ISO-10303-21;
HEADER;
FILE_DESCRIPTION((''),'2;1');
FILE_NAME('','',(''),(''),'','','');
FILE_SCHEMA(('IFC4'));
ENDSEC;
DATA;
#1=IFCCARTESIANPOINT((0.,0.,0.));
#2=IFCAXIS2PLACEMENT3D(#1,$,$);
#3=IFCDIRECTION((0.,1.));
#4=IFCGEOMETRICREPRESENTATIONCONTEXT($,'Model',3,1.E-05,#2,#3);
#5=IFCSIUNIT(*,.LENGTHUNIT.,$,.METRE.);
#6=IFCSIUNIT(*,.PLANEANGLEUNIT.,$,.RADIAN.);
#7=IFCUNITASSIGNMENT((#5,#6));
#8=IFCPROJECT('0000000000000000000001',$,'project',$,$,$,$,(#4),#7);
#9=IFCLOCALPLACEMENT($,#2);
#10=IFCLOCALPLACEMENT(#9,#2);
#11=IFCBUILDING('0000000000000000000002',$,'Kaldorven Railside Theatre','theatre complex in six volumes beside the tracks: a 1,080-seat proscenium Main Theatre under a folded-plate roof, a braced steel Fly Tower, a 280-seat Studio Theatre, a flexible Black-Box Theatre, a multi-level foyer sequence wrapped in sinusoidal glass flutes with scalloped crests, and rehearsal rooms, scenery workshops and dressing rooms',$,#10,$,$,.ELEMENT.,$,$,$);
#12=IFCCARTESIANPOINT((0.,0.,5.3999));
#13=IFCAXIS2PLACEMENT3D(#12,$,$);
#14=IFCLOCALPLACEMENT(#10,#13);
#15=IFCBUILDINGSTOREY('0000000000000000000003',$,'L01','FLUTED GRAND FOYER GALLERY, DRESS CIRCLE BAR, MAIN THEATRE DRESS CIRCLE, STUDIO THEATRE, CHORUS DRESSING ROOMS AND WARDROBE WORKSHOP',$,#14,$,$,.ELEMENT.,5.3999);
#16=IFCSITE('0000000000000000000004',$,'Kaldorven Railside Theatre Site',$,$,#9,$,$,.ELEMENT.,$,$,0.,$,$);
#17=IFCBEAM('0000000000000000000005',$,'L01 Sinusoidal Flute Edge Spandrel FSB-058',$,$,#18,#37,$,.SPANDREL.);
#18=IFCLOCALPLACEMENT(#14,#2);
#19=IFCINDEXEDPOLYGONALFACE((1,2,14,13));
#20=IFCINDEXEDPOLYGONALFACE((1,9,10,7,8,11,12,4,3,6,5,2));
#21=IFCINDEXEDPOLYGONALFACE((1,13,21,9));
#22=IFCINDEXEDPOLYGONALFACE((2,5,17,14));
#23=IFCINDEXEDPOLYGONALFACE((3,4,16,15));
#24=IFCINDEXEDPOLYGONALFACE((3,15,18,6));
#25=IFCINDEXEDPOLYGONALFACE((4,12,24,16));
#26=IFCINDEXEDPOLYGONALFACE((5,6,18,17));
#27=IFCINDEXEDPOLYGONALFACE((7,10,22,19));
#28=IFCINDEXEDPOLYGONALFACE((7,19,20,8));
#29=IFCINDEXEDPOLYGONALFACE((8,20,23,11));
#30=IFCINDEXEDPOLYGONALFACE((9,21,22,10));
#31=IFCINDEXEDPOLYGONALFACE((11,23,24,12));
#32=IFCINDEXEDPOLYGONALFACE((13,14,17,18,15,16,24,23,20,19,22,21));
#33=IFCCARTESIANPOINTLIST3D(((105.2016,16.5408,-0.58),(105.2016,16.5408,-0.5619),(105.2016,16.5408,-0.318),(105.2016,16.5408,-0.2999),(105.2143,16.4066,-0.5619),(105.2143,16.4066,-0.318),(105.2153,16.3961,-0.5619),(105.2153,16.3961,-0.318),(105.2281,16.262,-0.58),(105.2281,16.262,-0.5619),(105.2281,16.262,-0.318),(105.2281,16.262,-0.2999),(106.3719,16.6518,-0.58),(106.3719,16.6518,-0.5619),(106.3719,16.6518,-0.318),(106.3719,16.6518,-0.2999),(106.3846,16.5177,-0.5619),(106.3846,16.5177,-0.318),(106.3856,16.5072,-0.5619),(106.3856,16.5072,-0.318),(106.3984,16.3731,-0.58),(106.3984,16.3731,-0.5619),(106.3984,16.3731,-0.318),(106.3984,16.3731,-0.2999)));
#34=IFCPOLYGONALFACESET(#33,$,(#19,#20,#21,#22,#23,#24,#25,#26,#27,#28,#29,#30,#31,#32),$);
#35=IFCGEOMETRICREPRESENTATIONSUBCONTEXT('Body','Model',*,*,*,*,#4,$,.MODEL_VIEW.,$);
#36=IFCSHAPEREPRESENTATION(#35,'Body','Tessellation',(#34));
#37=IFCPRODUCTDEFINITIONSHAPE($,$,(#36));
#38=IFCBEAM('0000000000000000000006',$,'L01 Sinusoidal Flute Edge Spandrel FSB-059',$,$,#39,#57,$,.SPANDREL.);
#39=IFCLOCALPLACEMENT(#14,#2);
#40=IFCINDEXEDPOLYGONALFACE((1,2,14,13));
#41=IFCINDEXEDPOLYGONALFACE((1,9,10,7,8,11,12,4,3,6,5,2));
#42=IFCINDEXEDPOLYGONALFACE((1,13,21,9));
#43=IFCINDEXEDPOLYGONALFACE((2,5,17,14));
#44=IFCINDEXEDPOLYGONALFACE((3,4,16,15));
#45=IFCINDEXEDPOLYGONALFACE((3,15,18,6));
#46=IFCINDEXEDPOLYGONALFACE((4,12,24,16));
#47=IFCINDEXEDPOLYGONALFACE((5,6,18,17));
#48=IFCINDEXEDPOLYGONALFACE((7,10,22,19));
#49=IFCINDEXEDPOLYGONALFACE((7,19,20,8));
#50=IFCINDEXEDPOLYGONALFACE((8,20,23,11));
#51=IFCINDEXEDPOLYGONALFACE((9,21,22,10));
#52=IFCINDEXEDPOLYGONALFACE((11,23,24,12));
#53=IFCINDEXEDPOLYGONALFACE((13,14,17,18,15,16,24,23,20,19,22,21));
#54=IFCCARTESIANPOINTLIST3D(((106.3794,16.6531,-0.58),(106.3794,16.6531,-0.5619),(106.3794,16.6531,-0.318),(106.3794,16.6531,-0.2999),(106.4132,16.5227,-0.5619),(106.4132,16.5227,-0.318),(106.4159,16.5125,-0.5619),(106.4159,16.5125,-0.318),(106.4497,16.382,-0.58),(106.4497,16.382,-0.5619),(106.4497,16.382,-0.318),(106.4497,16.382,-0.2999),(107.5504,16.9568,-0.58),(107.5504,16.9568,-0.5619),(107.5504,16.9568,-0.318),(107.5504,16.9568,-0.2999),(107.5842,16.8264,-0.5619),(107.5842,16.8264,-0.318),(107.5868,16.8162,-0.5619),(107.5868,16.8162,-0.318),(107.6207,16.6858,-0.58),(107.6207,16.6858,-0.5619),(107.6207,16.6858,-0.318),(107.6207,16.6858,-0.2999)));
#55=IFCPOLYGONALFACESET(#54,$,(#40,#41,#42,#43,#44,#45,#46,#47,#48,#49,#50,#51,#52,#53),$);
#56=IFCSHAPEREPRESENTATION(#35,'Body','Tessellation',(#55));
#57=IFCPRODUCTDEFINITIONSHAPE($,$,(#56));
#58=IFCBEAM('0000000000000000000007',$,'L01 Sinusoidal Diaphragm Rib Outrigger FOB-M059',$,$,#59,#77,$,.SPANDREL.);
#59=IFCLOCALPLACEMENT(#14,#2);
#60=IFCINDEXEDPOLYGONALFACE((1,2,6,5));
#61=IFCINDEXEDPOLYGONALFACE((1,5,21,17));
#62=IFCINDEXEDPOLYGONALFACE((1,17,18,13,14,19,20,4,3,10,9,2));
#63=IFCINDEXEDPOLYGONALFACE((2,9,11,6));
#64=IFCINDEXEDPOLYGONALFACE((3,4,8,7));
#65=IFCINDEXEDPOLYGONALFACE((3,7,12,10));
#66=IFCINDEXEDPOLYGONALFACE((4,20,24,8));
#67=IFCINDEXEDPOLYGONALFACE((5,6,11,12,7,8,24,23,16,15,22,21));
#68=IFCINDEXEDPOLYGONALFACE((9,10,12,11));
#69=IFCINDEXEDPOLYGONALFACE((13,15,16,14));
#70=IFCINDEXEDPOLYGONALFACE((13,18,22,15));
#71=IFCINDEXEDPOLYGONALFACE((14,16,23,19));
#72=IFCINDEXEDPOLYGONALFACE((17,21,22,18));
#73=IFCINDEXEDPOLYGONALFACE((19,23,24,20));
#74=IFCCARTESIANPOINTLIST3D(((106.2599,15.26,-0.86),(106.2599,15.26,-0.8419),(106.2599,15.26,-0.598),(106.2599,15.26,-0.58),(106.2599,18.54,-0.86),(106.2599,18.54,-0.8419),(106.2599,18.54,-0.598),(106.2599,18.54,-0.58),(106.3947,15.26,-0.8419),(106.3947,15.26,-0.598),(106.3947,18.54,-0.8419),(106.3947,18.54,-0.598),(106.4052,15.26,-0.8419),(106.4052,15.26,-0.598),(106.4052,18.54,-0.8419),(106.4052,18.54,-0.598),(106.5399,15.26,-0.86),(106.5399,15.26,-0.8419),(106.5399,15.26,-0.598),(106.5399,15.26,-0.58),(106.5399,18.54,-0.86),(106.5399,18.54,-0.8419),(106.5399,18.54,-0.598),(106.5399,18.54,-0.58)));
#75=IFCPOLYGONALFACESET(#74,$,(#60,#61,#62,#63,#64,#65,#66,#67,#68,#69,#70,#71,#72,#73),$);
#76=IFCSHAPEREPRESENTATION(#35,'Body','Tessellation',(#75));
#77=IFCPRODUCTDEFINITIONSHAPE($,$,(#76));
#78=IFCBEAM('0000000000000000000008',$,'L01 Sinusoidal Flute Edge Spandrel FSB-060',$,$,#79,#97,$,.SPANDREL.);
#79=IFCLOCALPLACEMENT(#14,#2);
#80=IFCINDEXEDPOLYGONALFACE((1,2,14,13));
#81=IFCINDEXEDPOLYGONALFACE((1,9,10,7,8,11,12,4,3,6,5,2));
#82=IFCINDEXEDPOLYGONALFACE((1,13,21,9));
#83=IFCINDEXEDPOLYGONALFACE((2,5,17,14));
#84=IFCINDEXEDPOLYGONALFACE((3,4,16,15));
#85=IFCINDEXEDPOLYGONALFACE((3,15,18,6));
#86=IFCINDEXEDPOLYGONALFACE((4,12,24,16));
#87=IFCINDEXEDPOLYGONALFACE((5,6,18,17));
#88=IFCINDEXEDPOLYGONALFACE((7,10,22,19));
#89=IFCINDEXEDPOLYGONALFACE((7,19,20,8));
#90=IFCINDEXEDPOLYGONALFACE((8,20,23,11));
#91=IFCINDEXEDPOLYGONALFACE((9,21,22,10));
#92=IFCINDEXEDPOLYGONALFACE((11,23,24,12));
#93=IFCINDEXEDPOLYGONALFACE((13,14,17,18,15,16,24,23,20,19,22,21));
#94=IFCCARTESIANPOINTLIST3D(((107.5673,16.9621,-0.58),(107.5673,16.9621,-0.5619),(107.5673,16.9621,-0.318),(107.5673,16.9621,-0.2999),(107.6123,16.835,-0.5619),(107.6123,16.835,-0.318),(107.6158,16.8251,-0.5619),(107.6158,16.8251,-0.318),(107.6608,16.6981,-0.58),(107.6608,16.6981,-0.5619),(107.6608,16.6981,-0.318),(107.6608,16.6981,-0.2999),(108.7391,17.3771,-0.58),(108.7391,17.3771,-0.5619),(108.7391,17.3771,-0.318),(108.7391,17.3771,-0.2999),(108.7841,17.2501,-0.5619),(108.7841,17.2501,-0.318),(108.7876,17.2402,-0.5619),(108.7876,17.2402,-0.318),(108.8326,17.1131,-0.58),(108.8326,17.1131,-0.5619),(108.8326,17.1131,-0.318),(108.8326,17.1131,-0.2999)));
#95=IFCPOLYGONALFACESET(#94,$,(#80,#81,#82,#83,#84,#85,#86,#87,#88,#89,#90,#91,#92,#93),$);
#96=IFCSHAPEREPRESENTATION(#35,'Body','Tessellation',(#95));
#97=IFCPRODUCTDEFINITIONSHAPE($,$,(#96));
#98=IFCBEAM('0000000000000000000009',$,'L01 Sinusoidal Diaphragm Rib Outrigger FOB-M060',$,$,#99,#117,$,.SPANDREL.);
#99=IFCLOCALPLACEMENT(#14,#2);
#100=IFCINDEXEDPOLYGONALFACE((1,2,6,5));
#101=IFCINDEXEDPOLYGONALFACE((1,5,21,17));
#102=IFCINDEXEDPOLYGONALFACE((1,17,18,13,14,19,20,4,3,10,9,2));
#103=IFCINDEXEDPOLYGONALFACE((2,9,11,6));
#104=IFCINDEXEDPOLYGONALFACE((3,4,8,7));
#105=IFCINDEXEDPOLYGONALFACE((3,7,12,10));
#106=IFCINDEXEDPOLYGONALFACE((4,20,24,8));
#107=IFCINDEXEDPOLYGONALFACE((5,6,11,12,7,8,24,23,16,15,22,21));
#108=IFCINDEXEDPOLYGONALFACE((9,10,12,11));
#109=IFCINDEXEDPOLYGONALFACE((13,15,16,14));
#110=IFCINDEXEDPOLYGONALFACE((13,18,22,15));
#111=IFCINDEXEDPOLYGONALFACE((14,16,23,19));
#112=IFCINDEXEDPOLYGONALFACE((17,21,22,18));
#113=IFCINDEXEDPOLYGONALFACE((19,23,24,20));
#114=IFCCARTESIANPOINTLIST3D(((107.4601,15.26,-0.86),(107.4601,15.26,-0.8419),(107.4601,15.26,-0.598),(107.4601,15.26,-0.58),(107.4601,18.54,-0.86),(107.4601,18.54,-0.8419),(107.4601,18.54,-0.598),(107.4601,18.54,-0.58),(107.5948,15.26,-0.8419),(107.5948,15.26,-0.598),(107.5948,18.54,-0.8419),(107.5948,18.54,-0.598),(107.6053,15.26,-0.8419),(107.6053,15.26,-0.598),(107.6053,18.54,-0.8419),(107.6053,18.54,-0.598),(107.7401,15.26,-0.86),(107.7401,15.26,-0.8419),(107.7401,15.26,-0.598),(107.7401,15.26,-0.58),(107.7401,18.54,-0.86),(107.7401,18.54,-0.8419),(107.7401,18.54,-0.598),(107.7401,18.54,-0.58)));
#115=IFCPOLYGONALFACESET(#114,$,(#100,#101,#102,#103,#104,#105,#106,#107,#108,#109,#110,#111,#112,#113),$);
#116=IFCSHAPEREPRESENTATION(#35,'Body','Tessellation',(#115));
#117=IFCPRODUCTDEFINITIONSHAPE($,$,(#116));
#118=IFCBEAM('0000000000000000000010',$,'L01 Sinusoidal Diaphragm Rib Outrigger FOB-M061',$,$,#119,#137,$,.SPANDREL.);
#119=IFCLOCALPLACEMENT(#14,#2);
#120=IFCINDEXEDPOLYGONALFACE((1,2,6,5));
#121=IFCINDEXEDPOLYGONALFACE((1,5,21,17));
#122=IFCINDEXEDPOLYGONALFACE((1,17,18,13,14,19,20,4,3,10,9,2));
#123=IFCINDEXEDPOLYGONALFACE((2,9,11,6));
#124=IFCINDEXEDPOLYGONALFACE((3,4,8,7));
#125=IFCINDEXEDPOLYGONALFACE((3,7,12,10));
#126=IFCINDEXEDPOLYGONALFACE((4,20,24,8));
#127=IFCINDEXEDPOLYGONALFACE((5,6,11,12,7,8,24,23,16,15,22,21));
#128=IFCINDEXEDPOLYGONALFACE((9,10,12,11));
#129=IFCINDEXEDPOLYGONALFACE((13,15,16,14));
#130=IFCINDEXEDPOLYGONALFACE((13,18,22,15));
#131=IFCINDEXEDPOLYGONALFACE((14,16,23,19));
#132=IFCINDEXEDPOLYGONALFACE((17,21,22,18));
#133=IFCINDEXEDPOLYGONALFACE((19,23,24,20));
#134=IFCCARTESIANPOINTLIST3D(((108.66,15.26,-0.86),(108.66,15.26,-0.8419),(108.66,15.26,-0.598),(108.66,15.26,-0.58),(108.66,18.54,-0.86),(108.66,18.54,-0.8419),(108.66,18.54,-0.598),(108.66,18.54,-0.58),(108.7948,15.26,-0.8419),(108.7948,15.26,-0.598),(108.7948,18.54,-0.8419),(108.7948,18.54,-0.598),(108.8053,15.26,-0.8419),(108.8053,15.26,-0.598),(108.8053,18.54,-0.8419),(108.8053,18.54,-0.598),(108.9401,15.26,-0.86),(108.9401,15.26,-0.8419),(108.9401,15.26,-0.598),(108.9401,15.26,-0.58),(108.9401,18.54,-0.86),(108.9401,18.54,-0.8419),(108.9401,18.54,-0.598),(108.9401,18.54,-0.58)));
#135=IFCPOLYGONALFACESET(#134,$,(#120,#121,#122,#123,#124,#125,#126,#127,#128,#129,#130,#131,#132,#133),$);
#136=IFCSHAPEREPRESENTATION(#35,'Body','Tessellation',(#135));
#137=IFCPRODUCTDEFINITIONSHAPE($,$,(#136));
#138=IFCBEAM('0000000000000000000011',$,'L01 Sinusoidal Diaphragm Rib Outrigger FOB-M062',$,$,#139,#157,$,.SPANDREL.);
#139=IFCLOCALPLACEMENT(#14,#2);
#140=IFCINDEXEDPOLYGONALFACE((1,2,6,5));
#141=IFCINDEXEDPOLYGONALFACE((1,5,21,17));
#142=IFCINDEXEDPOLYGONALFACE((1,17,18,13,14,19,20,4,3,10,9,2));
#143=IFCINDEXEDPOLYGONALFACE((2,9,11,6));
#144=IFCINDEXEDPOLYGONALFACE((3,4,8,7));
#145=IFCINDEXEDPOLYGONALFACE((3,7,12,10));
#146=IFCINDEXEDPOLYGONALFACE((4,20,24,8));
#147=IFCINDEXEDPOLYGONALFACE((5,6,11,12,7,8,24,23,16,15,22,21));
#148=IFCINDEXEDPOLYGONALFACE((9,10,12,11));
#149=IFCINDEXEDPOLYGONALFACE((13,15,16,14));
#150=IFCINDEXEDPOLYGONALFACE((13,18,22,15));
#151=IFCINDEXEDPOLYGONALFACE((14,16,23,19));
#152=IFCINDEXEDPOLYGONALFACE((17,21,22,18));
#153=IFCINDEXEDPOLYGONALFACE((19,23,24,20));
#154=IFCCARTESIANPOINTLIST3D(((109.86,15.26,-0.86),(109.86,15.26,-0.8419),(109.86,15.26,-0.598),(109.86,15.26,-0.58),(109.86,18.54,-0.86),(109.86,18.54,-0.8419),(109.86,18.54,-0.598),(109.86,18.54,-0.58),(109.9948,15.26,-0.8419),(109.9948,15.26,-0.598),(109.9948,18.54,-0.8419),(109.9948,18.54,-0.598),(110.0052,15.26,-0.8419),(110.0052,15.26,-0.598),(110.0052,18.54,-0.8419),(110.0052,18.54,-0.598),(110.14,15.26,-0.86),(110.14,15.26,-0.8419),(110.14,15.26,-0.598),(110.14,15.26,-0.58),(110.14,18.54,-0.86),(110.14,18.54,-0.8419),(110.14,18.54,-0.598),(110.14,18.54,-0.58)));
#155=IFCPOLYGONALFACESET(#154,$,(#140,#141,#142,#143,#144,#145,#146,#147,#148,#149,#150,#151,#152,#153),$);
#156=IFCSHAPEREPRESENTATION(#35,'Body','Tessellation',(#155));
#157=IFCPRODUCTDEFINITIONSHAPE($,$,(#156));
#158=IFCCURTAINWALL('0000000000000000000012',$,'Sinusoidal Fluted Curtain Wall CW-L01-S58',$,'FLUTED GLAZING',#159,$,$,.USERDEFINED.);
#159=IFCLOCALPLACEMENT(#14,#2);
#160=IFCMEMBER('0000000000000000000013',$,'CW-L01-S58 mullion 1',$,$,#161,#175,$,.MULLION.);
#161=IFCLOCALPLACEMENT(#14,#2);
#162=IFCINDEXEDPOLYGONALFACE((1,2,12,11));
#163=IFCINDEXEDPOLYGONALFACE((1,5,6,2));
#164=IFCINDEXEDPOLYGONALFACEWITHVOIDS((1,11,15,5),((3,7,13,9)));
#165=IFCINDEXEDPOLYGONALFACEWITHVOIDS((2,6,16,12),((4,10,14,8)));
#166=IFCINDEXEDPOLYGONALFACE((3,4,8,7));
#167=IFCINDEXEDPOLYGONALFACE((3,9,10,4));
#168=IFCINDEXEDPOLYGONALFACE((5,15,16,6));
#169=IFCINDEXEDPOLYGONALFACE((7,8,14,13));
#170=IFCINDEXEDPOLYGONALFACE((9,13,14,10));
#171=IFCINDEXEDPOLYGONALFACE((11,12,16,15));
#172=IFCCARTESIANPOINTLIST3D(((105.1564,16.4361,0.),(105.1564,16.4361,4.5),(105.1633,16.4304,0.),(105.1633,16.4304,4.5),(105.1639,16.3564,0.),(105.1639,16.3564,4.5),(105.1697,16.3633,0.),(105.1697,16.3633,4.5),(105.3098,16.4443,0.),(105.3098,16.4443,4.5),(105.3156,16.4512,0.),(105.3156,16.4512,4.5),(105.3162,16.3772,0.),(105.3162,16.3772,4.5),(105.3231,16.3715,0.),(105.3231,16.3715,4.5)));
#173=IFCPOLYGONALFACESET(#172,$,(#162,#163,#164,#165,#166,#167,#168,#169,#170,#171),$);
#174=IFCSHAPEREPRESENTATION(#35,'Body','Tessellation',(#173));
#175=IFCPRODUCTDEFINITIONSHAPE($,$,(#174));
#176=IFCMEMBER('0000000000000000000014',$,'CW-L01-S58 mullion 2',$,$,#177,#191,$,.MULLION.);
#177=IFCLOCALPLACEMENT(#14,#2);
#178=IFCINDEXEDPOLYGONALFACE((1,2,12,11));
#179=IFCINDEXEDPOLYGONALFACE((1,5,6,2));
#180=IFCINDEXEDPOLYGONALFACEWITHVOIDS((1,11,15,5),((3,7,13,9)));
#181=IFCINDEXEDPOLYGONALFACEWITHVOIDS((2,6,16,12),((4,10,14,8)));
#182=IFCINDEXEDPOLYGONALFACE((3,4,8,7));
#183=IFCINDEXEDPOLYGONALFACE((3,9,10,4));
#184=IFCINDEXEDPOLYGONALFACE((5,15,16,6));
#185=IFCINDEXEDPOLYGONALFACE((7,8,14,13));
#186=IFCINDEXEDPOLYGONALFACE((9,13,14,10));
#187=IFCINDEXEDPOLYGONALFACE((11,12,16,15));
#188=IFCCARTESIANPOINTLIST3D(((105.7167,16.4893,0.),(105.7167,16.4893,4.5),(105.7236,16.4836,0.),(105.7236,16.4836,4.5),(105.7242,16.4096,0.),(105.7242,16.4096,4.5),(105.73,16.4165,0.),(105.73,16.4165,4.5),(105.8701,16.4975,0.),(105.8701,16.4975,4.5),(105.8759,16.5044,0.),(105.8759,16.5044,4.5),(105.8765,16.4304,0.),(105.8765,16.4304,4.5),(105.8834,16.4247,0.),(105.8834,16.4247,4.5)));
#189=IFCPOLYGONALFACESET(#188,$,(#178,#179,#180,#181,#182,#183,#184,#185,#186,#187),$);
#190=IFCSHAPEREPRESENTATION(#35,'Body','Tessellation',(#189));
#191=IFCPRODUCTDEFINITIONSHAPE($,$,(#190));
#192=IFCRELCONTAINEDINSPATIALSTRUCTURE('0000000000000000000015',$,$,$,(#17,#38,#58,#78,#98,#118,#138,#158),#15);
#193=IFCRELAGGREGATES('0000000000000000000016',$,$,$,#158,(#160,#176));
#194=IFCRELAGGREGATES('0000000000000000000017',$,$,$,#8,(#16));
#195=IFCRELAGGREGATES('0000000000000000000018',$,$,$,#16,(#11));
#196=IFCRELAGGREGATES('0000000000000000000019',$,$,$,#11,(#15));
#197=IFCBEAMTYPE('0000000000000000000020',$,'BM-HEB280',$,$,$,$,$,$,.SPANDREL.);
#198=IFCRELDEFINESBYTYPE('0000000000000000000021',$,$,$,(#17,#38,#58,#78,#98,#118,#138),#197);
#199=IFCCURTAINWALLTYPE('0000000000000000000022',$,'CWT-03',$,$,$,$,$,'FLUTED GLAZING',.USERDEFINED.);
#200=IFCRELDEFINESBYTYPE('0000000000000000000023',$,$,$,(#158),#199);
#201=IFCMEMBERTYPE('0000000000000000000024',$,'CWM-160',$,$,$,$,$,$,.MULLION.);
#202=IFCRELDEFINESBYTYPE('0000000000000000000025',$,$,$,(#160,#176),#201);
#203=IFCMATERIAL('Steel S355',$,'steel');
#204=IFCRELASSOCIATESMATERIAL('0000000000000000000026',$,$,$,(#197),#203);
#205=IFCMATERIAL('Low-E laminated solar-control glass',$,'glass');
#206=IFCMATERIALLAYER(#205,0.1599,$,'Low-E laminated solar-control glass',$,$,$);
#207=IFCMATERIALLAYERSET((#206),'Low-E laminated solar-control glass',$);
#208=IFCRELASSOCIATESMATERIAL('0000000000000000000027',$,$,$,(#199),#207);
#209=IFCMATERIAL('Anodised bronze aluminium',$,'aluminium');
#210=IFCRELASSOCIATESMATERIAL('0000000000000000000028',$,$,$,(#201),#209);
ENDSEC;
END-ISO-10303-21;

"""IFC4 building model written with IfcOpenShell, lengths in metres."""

from ifc_helpers import new_model, si_unit, direction, frame, origin, origin_2d, place, context, subcontext, project, spatial, hollow_rectangle, i_section, extrude, material, layer, layer_set, material_profile, profile_set, type_object, element, aggregate, save


model = new_model("IFC4")

# Units and contexts
model_context = context("Model", 3, precision=1e-05, world=origin(), true_north=direction((0.0, 1.0)))
body_context = subcontext(model_context, "Body", "Model", "MODEL_VIEW")
ifc_project = project(units=[si_unit("LENGTHUNIT", "METRE"), si_unit("PLANEANGLEUNIT", "RADIAN")], contexts=[model_context])

# Site, building, storey
site_placement = place(None, origin())
site = spatial("IfcSite", under=ifc_project, at=site_placement, Name="Kaldorven Railside Theatre Site", CompositionType="ELEMENT", RefElevation=0.0)
building_placement = place(site_placement, origin())
building = spatial("IfcBuilding", under=site, at=building_placement, Name="Kaldorven Railside Theatre", Description="theatre complex in six volumes beside the tracks: a 1,080-seat proscenium Main Theatre under a folded-plate roof, a braced steel Fly Tower, a 280-seat Studio Theatre, a flexible Black-Box Theatre, a multi-level foyer sequence wrapped in sinusoidal glass flutes with scalloped crests, and rehearsal rooms, scenery workshops and dressing rooms", CompositionType="ELEMENT")
storey_placement = place(building_placement, frame((0.0, 0.0, 5.3999)))
storey = spatial("IfcBuildingStorey", under=building, at=storey_placement, Name="L01", Description="FLUTED GRAND FOYER GALLERY, DRESS CIRCLE BAR, MAIN THEATRE DRESS CIRCLE, STUDIO THEATRE, CHORUS DRESSING ROOMS AND WARDROBE WORKSHOP", CompositionType="ELEMENT", Elevation=5.3999)

# Beams
ifc_material_1 = material(Name="Steel S355", Category="steel")
ifc_material_profile_1 = material_profile(ifc_material_1, i_section(OverallWidth=0.28, OverallDepth=0.28, WebThickness=0.0105, FlangeThickness=0.0181, at=origin_2d()), Name="HEB 280")
ifc_profile_set_1 = profile_set([ifc_material_profile_1], Name="Steel S355")
beam_type = type_object("IfcBeamType", Name="BM-HEB280", PredefinedType="SPANDREL", material=ifc_profile_set_1)
beam_1_placement = place(storey_placement, frame((105.2148, 16.4014, -0.4399), z_axis=(0.995524, 0.094505, 0.0), x_axis=(-0.094505, 0.995524, 0.0)))
element("IfcBeam", 1, at=beam_1_placement, inside=storey, type_object=beam_type, Name="L01 Sinusoidal Flute Edge Spandrel FSB-058", PredefinedType="SPANDREL", context=body_context, shape_type="SweptSolid", body=[
    extrude(i_section(OverallWidth=0.28, OverallDepth=0.28, WebThickness=0.0105, FlangeThickness=0.0181, at=origin_2d()), origin(), (0.0, 0.0, 1.0), 1.1755),
])
beam_2_placement = place(storey_placement, frame((106.4146, 16.5176, -0.4399), z_axis=(0.967968, 0.251074, 0.0), x_axis=(-0.251074, 0.967968, 0.0)))
element("IfcBeam", 2, at=beam_2_placement, inside=storey, type_object=beam_type, Name="L01 Sinusoidal Flute Edge Spandrel FSB-059", PredefinedType="SPANDREL", context=body_context, shape_type="SweptSolid", body=[
    extrude(i_section(OverallWidth=0.28, OverallDepth=0.28, WebThickness=0.0105, FlangeThickness=0.0181, at=origin_2d()), origin(), (0.0, 0.0, 1.0), 1.2097),
])
beam_3_placement = place(storey_placement, frame((106.3999, 15.26, -0.72), z_axis=(0.0, 1.0, 0.0), x_axis=(-1.0, 0.0, 0.0)))
element("IfcBeam", 3, at=beam_3_placement, inside=storey, type_object=beam_type, Name="L01 Sinusoidal Diaphragm Rib Outrigger FOB-M059", PredefinedType="SPANDREL", context=body_context, shape_type="SweptSolid", body=[
    extrude(i_section(OverallWidth=0.28, OverallDepth=0.28, WebThickness=0.0105, FlangeThickness=0.0181, at=origin_2d()), origin(), (0.0, 0.0, 1.0), 3.28),
])
beam_4_placement = place(storey_placement, frame((107.614, 16.8301, -0.4399), z_axis=(0.942627, 0.333847, 0.0), x_axis=(-0.333847, 0.942627, 0.0)))
element("IfcBeam", 4, at=beam_4_placement, inside=storey, type_object=beam_type, Name="L01 Sinusoidal Flute Edge Spandrel FSB-060", PredefinedType="SPANDREL", context=body_context, shape_type="SweptSolid", body=[
    extrude(i_section(OverallWidth=0.28, OverallDepth=0.28, WebThickness=0.0105, FlangeThickness=0.0181, at=origin_2d()), origin(), (0.0, 0.0, 1.0), 1.2432),
])
for number, where, z_axis, x_axis, name in (
    (5, (107.6001, 15.26, -0.72), (0.0, 1.0, 0.0), (-1.0, 0.0, 0.0), "L01 Sinusoidal Diaphragm Rib Outrigger FOB-M060"),
    (6, (108.8, 15.26, -0.72), (0.0, 1.0, 0.0), (-1.0, 0.0, 0.0), "L01 Sinusoidal Diaphragm Rib Outrigger FOB-M061"),
    (7, (110.0, 15.26, -0.72), (0.0, 1.0, 0.0), (-1.0, 0.0, 0.0), "L01 Sinusoidal Diaphragm Rib Outrigger FOB-M062"),
):
    element("IfcBeam", number, at=place(storey_placement, frame(where, z_axis=z_axis, x_axis=x_axis)), inside=storey, type_object=beam_type, Name=name, PredefinedType="SPANDREL", context=body_context, shape_type="SweptSolid", body=[
        extrude(i_section(OverallWidth=0.28, OverallDepth=0.28, WebThickness=0.0105, FlangeThickness=0.0181, at=origin_2d()), origin(), (0.0, 0.0, 1.0), 3.28),
    ])

# Curtain wall, members
ifc_material_2 = material(Name="Low-E laminated solar-control glass", Category="glass")
ifc_layer_1 = layer(ifc_material_2, 0.1599, Name="Low-E laminated solar-control glass")
ifc_layer_set_1 = layer_set([ifc_layer_1], Name="Low-E laminated solar-control glass")
curtain_wall_type_1 = type_object("IfcCurtainWallType", Name="CWT-03", ElementType="FLUTED GLAZING", PredefinedType="USERDEFINED", material=ifc_layer_set_1)
curtain_wall_1_placement = place(storey_placement, origin())
curtain_wall_1 = element("IfcCurtainWall", 8, at=curtain_wall_1_placement, inside=storey, type_object=curtain_wall_type_1, Name="Sinusoidal Fluted Curtain Wall CW-L01-S58", ObjectType="FLUTED GLAZING", PredefinedType="USERDEFINED")
ifc_material_3 = material(Name="Anodised bronze aluminium", Category="aluminium")
ifc_material_profile_2 = material_profile(ifc_material_3, hollow_rectangle(XDim=0.0801, YDim=0.1599, WallThickness=0.0063, at=origin_2d()), Name="RHS 160x80x6.3")
ifc_profile_set_2 = profile_set([ifc_material_profile_2], Name="Anodised bronze aluminium")
member_type_1 = type_object("IfcMemberType", Name="CWM-160", PredefinedType="MULLION", material=ifc_profile_set_2)
member_1_placement = place(storey_placement, frame((105.2397, 16.4038, 0.0), z_axis=(0.0, 0.0, 1.0), x_axis=(-0.094492, 0.995526, 0.0)))
member_1 = element("IfcMember", 9, at=member_1_placement, type_object=member_type_1, Name="CW-L01-S58 mullion 1", PredefinedType="MULLION", context=body_context, shape_type="SweptSolid", body=[
    extrude(hollow_rectangle(XDim=0.0801, YDim=0.1599, WallThickness=0.0063, at=origin_2d()), origin(), (0.0, 0.0, 1.0), 4.5),
])
member_2_placement = place(storey_placement, frame((105.8, 16.457, 0.0), z_axis=(0.0, 0.0, 1.0), x_axis=(-0.094492, 0.995526, 0.0)))
member_2 = element("IfcMember", 10, at=member_2_placement, type_object=member_type_1, Name="CW-L01-S58 mullion 2", PredefinedType="MULLION", context=body_context, shape_type="SweptSolid", body=[
    extrude(hollow_rectangle(XDim=0.0801, YDim=0.1599, WallThickness=0.0063, at=origin_2d()), origin(), (0.0, 0.0, 1.0), 4.5),
])

aggregate(curtain_wall_1, [member_1, member_2])

save(model, "model.ifc")
